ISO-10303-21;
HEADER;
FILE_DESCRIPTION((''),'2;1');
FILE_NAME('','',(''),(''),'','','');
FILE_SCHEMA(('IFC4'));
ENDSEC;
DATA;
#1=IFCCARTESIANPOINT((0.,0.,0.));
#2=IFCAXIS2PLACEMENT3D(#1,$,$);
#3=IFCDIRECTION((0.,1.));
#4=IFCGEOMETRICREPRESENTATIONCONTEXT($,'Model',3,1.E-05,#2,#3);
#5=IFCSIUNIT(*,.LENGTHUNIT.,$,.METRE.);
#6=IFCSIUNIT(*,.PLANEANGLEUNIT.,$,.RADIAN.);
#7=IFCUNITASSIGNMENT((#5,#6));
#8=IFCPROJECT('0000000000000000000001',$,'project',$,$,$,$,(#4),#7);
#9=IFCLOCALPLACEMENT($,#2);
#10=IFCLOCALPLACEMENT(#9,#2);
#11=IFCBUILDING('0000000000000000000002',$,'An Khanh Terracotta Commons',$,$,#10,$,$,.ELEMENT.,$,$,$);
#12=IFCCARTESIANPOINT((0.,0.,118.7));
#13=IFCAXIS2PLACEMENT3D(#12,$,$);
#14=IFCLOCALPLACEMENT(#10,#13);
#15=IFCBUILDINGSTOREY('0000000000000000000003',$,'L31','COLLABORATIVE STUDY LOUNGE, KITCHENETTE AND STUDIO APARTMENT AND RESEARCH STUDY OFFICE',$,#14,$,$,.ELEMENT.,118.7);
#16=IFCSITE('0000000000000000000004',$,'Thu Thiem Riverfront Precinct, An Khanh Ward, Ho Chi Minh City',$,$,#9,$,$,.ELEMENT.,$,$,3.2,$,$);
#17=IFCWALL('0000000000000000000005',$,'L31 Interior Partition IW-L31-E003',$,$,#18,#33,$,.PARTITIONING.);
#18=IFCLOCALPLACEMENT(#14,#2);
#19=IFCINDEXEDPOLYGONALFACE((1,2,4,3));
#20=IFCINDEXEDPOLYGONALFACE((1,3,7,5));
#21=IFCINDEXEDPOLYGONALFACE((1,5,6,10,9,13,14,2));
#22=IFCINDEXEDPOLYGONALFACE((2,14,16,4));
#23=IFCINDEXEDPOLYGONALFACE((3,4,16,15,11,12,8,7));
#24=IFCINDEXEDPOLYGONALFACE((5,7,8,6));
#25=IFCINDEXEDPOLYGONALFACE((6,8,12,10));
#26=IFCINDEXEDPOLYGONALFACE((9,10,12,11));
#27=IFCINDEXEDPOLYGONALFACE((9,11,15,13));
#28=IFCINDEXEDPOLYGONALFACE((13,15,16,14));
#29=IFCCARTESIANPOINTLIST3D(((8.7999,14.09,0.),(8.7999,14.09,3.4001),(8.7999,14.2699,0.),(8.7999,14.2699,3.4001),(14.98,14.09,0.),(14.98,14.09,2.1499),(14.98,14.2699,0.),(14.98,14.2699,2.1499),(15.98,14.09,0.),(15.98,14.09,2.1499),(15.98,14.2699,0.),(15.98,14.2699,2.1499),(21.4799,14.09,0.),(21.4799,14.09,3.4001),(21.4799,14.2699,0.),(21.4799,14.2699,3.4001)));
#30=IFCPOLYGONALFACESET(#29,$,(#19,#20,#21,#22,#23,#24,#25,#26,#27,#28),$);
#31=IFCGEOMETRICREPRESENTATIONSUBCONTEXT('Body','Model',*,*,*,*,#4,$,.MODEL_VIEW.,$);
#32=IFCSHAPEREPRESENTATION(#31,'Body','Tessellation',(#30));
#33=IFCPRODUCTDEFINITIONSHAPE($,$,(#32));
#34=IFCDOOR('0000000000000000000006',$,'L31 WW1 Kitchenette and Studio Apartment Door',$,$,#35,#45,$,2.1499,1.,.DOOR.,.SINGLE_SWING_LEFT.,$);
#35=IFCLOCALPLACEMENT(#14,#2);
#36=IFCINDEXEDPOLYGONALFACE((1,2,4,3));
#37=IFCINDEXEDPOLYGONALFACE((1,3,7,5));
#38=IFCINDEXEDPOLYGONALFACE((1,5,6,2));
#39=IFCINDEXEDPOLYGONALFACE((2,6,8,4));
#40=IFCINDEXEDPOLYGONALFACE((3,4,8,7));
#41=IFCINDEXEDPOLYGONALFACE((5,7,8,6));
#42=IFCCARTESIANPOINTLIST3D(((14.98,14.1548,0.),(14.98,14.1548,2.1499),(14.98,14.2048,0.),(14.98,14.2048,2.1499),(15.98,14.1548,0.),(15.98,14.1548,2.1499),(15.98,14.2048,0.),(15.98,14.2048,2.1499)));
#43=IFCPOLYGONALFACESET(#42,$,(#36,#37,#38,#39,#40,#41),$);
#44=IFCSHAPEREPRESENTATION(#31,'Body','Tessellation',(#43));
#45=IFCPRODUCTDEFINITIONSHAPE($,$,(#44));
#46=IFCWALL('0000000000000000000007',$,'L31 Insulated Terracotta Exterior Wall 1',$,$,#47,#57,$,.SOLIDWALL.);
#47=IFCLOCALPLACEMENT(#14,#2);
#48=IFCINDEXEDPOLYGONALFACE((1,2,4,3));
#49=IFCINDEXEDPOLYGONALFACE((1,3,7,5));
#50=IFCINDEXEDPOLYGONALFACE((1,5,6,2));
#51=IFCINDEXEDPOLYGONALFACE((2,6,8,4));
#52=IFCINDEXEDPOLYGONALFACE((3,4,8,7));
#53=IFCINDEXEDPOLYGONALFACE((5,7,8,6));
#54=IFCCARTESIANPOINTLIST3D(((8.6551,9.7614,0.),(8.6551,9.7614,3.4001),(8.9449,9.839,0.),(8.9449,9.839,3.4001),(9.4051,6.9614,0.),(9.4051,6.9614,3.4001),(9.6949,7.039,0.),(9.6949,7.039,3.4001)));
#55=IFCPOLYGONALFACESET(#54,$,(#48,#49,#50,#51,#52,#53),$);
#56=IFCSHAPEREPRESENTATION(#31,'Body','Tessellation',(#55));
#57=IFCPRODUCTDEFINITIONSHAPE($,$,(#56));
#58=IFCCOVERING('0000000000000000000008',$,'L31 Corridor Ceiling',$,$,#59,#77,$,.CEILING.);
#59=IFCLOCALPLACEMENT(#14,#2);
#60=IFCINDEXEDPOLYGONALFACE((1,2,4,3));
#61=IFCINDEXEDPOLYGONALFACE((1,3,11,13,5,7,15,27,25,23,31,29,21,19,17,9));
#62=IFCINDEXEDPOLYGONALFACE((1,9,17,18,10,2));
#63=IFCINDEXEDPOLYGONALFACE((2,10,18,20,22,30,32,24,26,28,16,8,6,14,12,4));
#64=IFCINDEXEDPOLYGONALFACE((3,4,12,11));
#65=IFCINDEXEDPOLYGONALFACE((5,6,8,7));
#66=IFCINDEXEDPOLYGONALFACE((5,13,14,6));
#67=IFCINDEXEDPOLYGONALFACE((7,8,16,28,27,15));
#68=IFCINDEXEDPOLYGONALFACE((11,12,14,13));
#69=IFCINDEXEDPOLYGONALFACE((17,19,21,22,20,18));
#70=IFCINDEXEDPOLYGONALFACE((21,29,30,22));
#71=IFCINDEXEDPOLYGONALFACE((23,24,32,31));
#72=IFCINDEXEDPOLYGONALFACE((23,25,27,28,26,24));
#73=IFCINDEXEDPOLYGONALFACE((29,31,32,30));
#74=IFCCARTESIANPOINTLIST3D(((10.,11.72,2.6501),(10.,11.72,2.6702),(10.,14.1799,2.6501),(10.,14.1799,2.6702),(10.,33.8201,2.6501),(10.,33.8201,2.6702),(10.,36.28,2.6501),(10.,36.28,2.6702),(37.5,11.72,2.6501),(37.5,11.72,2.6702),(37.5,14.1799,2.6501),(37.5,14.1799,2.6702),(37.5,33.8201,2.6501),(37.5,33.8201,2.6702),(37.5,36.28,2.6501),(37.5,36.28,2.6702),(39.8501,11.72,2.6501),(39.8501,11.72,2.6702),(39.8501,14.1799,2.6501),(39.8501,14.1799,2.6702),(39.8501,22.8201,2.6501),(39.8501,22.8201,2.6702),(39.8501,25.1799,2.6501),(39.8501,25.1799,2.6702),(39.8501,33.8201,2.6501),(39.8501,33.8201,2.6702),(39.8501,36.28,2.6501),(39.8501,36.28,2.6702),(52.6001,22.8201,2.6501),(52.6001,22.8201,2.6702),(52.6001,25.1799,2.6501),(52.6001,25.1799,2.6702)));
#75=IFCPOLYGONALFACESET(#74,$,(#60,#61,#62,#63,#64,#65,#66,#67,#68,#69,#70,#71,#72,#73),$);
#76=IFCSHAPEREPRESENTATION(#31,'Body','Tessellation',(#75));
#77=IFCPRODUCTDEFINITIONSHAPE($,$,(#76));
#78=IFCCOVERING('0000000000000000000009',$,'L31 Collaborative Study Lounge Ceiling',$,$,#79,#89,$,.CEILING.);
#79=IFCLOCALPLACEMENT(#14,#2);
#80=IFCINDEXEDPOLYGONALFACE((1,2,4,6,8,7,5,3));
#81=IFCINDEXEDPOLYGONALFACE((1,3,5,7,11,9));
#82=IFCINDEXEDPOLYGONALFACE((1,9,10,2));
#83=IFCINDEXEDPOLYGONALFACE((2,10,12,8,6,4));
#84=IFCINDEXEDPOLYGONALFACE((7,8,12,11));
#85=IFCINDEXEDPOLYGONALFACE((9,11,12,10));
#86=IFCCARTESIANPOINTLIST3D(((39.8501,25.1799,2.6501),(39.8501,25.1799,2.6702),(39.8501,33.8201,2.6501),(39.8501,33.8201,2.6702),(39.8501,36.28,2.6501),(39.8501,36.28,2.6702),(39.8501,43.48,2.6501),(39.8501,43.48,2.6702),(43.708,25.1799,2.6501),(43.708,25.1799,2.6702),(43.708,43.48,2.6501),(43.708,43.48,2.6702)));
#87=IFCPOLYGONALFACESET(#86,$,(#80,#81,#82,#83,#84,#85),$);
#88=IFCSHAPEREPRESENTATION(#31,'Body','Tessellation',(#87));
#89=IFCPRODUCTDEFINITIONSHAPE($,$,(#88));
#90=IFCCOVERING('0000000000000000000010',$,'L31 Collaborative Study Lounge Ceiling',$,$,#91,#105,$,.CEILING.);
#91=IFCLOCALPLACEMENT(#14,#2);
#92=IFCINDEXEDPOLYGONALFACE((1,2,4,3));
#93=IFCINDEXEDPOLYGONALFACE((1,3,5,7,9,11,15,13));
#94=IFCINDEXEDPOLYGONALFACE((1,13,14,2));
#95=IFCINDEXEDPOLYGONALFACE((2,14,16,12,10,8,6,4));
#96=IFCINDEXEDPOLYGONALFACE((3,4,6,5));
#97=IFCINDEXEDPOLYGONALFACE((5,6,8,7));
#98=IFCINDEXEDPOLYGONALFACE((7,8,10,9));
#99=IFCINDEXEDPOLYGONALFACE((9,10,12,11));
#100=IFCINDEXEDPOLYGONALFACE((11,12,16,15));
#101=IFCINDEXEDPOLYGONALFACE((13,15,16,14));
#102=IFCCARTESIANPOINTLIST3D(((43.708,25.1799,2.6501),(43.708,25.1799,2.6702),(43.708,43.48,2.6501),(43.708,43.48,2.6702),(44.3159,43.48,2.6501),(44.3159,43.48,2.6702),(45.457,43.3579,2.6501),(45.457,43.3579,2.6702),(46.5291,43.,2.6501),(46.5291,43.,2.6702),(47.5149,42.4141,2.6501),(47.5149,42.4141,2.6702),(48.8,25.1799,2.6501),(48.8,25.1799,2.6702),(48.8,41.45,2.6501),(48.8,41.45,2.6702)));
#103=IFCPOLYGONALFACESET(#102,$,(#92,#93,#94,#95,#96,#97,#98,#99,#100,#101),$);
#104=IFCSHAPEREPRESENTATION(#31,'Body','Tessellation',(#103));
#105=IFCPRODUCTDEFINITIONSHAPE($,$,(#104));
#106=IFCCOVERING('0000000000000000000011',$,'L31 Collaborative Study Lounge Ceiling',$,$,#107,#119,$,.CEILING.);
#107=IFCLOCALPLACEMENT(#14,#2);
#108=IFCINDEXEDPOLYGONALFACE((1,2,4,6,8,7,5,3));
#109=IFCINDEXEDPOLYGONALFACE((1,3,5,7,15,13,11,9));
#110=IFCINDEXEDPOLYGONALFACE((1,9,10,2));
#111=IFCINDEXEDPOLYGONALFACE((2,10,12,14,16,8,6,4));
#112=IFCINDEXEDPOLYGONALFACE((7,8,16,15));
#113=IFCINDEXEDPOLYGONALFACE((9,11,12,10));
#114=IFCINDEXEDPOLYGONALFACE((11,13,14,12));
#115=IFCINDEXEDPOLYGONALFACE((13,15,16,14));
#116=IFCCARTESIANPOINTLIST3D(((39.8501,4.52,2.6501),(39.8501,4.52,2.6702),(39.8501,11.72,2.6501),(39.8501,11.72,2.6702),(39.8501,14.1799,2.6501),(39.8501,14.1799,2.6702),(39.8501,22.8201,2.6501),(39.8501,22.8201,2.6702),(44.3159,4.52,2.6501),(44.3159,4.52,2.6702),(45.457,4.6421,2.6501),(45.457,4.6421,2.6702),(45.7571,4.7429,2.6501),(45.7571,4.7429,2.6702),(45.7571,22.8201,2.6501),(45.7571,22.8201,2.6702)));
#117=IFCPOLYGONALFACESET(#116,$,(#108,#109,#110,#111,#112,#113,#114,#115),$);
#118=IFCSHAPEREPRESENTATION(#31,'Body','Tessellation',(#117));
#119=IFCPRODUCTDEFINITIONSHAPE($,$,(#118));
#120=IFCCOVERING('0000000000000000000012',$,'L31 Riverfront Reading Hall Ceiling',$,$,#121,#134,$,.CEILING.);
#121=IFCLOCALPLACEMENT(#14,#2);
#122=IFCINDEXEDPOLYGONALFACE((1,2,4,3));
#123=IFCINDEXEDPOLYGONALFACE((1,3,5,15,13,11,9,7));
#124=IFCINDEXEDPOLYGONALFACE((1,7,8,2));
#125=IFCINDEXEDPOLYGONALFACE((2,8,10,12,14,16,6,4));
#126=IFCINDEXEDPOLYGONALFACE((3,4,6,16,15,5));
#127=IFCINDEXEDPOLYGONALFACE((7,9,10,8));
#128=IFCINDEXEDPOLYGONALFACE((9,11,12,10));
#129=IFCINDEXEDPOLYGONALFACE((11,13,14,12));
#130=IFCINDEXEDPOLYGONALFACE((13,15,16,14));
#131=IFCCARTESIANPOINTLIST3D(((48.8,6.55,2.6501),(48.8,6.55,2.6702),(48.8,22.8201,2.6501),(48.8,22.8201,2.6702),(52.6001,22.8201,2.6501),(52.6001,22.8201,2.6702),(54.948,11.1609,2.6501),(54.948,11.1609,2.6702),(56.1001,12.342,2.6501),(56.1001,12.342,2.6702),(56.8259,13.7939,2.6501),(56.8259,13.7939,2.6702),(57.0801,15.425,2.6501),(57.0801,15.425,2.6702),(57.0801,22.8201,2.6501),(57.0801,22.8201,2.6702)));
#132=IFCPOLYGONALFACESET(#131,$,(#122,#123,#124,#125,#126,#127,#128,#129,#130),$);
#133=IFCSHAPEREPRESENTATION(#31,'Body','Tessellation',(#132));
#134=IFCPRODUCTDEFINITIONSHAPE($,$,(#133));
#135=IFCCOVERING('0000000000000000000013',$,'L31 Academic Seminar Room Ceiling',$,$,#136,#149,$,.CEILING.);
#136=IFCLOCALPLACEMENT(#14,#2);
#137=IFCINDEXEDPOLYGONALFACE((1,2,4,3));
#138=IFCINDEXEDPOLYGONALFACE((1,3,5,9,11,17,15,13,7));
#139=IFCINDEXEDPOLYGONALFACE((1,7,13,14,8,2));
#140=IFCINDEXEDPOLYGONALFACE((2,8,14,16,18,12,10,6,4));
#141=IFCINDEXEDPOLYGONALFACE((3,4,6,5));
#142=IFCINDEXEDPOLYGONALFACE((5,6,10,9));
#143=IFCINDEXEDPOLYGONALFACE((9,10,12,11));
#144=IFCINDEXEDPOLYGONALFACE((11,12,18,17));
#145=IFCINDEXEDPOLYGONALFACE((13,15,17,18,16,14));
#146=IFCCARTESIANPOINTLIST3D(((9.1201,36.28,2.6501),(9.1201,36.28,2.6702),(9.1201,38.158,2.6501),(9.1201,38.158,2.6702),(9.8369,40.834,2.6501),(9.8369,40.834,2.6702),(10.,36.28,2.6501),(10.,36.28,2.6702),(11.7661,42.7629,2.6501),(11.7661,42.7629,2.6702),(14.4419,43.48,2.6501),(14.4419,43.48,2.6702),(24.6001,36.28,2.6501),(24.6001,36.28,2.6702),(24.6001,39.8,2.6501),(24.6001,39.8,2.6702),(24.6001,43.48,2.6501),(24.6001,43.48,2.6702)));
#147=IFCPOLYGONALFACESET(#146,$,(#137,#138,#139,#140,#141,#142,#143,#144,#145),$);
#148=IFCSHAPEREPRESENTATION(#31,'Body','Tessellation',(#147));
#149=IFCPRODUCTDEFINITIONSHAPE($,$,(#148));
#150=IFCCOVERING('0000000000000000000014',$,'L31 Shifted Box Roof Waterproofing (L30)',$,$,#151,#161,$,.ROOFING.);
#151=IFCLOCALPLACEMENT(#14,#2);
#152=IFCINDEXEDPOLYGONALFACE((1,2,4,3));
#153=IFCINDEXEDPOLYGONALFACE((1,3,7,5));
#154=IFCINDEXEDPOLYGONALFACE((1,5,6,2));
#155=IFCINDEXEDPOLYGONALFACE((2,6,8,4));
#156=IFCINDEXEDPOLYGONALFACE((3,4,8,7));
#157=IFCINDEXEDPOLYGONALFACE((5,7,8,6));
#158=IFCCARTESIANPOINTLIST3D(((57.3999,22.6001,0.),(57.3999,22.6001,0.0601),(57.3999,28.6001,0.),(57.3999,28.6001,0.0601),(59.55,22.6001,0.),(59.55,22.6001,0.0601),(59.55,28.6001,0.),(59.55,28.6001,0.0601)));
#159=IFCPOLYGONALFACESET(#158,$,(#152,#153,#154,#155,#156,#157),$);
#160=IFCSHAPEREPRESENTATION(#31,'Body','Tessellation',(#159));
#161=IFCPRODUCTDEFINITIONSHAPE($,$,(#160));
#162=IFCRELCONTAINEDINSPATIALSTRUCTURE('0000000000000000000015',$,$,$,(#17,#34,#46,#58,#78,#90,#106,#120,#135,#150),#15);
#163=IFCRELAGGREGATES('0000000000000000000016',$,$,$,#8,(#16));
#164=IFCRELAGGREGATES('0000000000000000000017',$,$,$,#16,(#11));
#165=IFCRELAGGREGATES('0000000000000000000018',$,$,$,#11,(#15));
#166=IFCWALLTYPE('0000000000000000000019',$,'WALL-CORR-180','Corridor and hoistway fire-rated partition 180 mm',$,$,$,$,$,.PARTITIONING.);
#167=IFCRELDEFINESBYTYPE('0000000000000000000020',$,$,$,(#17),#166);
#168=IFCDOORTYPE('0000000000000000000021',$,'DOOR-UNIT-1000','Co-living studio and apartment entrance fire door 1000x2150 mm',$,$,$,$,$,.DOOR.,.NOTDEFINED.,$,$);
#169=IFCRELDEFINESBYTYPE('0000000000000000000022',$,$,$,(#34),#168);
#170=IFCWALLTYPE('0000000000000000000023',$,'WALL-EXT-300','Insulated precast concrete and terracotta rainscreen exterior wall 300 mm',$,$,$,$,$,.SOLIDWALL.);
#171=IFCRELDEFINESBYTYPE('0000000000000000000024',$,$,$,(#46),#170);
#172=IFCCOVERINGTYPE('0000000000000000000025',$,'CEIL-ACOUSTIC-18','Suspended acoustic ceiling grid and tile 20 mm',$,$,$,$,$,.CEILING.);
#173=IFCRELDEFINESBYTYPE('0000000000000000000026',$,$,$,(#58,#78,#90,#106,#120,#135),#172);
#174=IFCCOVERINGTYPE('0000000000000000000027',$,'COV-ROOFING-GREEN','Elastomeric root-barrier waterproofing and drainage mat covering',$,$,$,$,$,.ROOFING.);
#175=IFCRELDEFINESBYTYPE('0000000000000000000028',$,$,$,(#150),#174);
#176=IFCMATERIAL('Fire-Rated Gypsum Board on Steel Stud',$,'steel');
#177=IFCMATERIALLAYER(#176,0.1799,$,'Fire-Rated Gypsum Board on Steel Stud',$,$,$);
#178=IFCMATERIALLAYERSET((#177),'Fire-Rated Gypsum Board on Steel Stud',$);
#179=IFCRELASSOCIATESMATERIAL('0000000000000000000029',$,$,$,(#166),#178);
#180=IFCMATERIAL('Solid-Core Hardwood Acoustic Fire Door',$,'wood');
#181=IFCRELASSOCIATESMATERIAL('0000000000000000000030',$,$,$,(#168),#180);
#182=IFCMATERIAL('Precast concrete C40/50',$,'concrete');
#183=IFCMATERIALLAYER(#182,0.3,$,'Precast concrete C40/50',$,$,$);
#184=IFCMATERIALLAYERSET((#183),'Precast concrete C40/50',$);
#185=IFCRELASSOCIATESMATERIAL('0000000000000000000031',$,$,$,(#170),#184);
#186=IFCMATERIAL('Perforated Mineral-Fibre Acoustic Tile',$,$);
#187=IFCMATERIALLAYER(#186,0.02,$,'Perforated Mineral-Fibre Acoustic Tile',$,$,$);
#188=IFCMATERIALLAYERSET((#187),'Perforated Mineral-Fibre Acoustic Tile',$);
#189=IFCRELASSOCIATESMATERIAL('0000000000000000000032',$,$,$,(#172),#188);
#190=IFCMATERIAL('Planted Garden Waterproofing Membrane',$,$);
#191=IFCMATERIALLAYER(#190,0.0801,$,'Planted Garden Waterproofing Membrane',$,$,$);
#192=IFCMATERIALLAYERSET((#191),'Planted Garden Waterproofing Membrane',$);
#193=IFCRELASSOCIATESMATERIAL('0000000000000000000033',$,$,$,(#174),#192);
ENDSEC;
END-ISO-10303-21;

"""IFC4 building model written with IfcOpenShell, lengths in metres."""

from ifc_helpers import new_model, si_unit, direction, frame, frame_2d, origin, place, context, subcontext, project, spatial, polyline, rectangle, outline, extrude, material, layer, layer_set, type_object, element, fill, save


model = new_model("IFC4")

# Units and contexts
model_context = context("Model", 3, precision=1e-05, world=origin(), true_north=direction((0.0, 1.0)))
body_context = subcontext(model_context, "Body", "Model", "MODEL_VIEW")
ifc_project = project(units=[si_unit("LENGTHUNIT", "METRE"), si_unit("PLANEANGLEUNIT", "RADIAN")], contexts=[model_context])

# Site, building, storey
site_placement = place(None, origin())
site = spatial("IfcSite", under=ifc_project, at=site_placement, Name="Thu Thiem Riverfront Precinct, An Khanh Ward, Ho Chi Minh City", CompositionType="ELEMENT", RefElevation=3.2)
building_placement = place(site_placement, origin())
building = spatial("IfcBuilding", under=site, at=building_placement, Name="An Khanh Terracotta Commons", CompositionType="ELEMENT")
storey_placement = place(building_placement, frame((0.0, 0.0, 118.7)))
storey = spatial("IfcBuildingStorey", under=building, at=storey_placement, Name="L31", Description="COLLABORATIVE STUDY LOUNGE, KITCHENETTE AND STUDIO APARTMENT AND RESEARCH STUDY OFFICE", CompositionType="ELEMENT", Elevation=118.7)

# Shared definitions
ifc_material_1 = material(Name="Precast concrete C40/50", Category="concrete")

# Shared definitions
ifc_material_2 = material(Name="Fire-Rated Gypsum Board on Steel Stud", Category="steel")
ifc_layer_1 = layer(ifc_material_2, 0.1799, Name="Fire-Rated Gypsum Board on Steel Stud")
ifc_layer_set_1 = layer_set([ifc_layer_1], Name="Fire-Rated Gypsum Board on Steel Stud")
wall_type_1 = type_object("IfcWallType", Name="WALL-CORR-180", Description="Corridor and hoistway fire-rated partition 180 mm", PredefinedType="PARTITIONING", material=ifc_layer_set_1)

# Wall, opening, door
wall_1_placement = place(storey_placement, frame((8.8, 14.1799, 0.0), z_axis=(0.0, 0.0, 1.0), x_axis=(1.0, 0.0, 0.0)))
wall_1 = element("IfcWall", 1, at=wall_1_placement, inside=storey, type_object=wall_type_1, Name="L31 Interior Partition IW-L31-E003", PredefinedType="PARTITIONING", context=body_context, shape_type="SweptSolid", body=[
    extrude(rectangle(XDim=12.6799, YDim=0.1799, at=frame_2d((6.3398, 0.0))), origin(), (0.0, 0.0, 1.0), 3.4001),
])
opening_1_placement = place(wall_1_placement, frame((6.1799, 0.0, 0.0)))
opening_1 = element("IfcOpeningElement", 2, at=opening_1_placement, cuts=wall_1, PredefinedType="OPENING", context=body_context, shape_type="SweptSolid", body=[
    extrude(rectangle(XDim=1.0, YDim=2.1499, at=frame_2d((0.5, 1.075))), frame((0.0, 0.0999, 0.0), z_axis=(0.0, -1.0, 0.0), x_axis=(1.0, 0.0, 0.0)), (0.0, 0.0, 1.0), 0.2),
])
ifc_material_3 = material(Name="Solid-Core Hardwood Acoustic Fire Door", Category="wood")
door_type_1 = type_object("IfcDoorType", Name="DOOR-UNIT-1000", Description="Co-living studio and apartment entrance fire door 1000x2150 mm", OperationType="NOTDEFINED", PredefinedType="DOOR", material=ifc_material_3)
door_1_placement = place(opening_1_placement, origin())
door_1 = element("IfcDoor", 3, at=door_1_placement, inside=storey, type_object=door_type_1, Name="L31 WW1 Kitchenette and Studio Apartment Door", OperationType="SINGLE_SWING_LEFT", OverallHeight=2.1499, OverallWidth=1.0, PredefinedType="DOOR", context=body_context, shape_type="SweptSolid", body=[
    extrude(rectangle(XDim=1.0, YDim=2.1499, at=frame_2d((0.5, 1.075))), frame((0.0, 0.0249, 0.0), z_axis=(0.0, -1.0, 0.0), x_axis=(1.0, 0.0, 0.0)), (0.0, 0.0, 1.0), 0.05),
])
fill(opening_1, door_1)

# Wall
ifc_layer_2 = layer(ifc_material_1, 0.3, Name="Precast concrete C40/50")
ifc_layer_set_2 = layer_set([ifc_layer_2], Name="Precast concrete C40/50")
wall_type_2 = type_object("IfcWallType", Name="WALL-EXT-300", Description="Insulated precast concrete and terracotta rainscreen exterior wall 300 mm", PredefinedType="SOLIDWALL", material=ifc_layer_set_2)
wall_2_placement = place(storey_placement, frame((8.8, 9.8, 0.0), z_axis=(0.0, 0.0, 1.0), x_axis=(0.258732, -0.965949, 0.0)))
element("IfcWall", 4, at=wall_2_placement, inside=storey, type_object=wall_type_2, Name="L31 Insulated Terracotta Exterior Wall 1", PredefinedType="SOLIDWALL", context=body_context, shape_type="SweptSolid", body=[
    extrude(rectangle(XDim=2.8987, YDim=0.3, at=frame_2d((1.4492, 0.0))), origin(), (0.0, 0.0, 1.0), 3.4001),
])

# Coverings
ifc_material_4 = material(Name="Perforated Mineral-Fibre Acoustic Tile")
ifc_layer_3 = layer(ifc_material_4, 0.02, Name="Perforated Mineral-Fibre Acoustic Tile")
ifc_layer_set_3 = layer_set([ifc_layer_3], Name="Perforated Mineral-Fibre Acoustic Tile")
covering_type_1 = type_object("IfcCoveringType", Name="CEIL-ACOUSTIC-18", Description="Suspended acoustic ceiling grid and tile 20 mm", PredefinedType="CEILING", material=ifc_layer_set_3)
covering_1_placement = place(storey_placement, frame((0.0, 0.0, 2.6501)))
element("IfcCovering", 5, at=covering_1_placement, inside=storey, type_object=covering_type_1, Name="L31 Corridor Ceiling", PredefinedType="CEILING", context=body_context, shape_type="SweptSolid", body=[
    extrude(outline(polyline([(10.0, 11.72), (10.0, 14.1799), (37.5, 14.1799), (37.5, 33.8201), (10.0, 33.8201), (10.0, 36.28), (37.5, 36.28), (39.8501, 36.28), (39.8501, 33.8201), (39.8501, 25.1799), (52.6001, 25.1799), (52.6001, 22.8201), (39.8501, 22.8201), (39.8501, 14.1799), (39.8501, 11.72), (37.5, 11.72), (10.0, 11.72)])), origin(), (0.0, 0.0, 1.0), 0.02),
])
covering_2_placement = place(storey_placement, frame((0.0, 0.0, 2.6501)))
element("IfcCovering", 6, at=covering_2_placement, inside=storey, type_object=covering_type_1, Name="L31 Collaborative Study Lounge Ceiling", PredefinedType="CEILING", context=body_context, shape_type="SweptSolid", body=[
    extrude(outline(polyline([(43.708, 43.48), (43.708, 25.1799), (39.8501, 25.1799), (39.8501, 33.8201), (39.8501, 36.28), (39.8501, 43.48), (43.708, 43.48)])), origin(), (0.0, 0.0, 1.0), 0.02),
])
covering_3_placement = place(storey_placement, frame((0.0, 0.0, 2.6501)))
element("IfcCovering", 7, at=covering_3_placement, inside=storey, type_object=covering_type_1, Name="L31 Collaborative Study Lounge Ceiling", PredefinedType="CEILING", context=body_context, shape_type="SweptSolid", body=[
    extrude(outline(polyline([(44.3159, 43.48), (45.457, 43.3579), (46.5291, 43.0), (47.5149, 42.4141), (48.8, 41.45), (48.8, 25.1799), (43.708, 25.1799), (43.708, 43.48), (44.3159, 43.48)])), origin(), (0.0, 0.0, 1.0), 0.02),
])
covering_4_placement = place(storey_placement, frame((0.0, 0.0, 2.6501)))
element("IfcCovering", 8, at=covering_4_placement, inside=storey, type_object=covering_type_1, Name="L31 Collaborative Study Lounge Ceiling", PredefinedType="CEILING", context=body_context, shape_type="SweptSolid", body=[
    extrude(outline(polyline([(45.457, 4.6421), (44.3159, 4.52), (39.8501, 4.52), (39.8501, 11.72), (39.8501, 14.1799), (39.8501, 22.8201), (45.7571, 22.8201), (45.7571, 4.7429), (45.457, 4.6421)])), origin(), (0.0, 0.0, 1.0), 0.02),
])
covering_5_placement = place(storey_placement, frame((0.0, 0.0, 2.6501)))
element("IfcCovering", 9, at=covering_5_placement, inside=storey, type_object=covering_type_1, Name="L31 Riverfront Reading Hall Ceiling", PredefinedType="CEILING", context=body_context, shape_type="SweptSolid", body=[
    extrude(outline(polyline([(57.0801, 15.425), (56.8259, 13.7939), (56.1001, 12.342), (54.948, 11.1609), (48.8, 6.55), (48.8, 22.8201), (52.6001, 22.8201), (57.0801, 22.8201), (57.0801, 15.425)])), origin(), (0.0, 0.0, 1.0), 0.02),
])
covering_6_placement = place(storey_placement, frame((0.0, 0.0, 2.6501)))
element("IfcCovering", 10, at=covering_6_placement, inside=storey, type_object=covering_type_1, Name="L31 Academic Seminar Room Ceiling", PredefinedType="CEILING", context=body_context, shape_type="SweptSolid", body=[
    extrude(outline(polyline([(14.4419, 43.48), (24.6001, 43.48), (24.6001, 39.8), (24.6001, 36.28), (10.0, 36.28), (9.1201, 36.28), (9.1201, 38.158), (9.8369, 40.834), (11.7661, 42.7629), (14.4419, 43.48)])), origin(), (0.0, 0.0, 1.0), 0.02),
])
ifc_material_5 = material(Name="Planted Garden Waterproofing Membrane")
ifc_layer_4 = layer(ifc_material_5, 0.0801, Name="Planted Garden Waterproofing Membrane")
ifc_layer_set_4 = layer_set([ifc_layer_4], Name="Planted Garden Waterproofing Membrane")
covering_type_2 = type_object("IfcCoveringType", Name="COV-ROOFING-GREEN", Description="Elastomeric root-barrier waterproofing and drainage mat covering", PredefinedType="ROOFING", material=ifc_layer_set_4)
covering_7_placement = place(storey_placement, origin())
element("IfcCovering", 11, at=covering_7_placement, inside=storey, type_object=covering_type_2, Name="L31 Shifted Box Roof Waterproofing (L30)", PredefinedType="ROOFING", context=body_context, shape_type="SweptSolid", body=[
    extrude(outline(polyline([(57.3999, 22.6001), (59.55, 22.6001), (59.55, 28.6001), (57.3999, 28.6001), (57.3999, 22.6001)])), origin(), (0.0, 0.0, 1.0), 0.0601),
])

save(model, "model.ifc")
